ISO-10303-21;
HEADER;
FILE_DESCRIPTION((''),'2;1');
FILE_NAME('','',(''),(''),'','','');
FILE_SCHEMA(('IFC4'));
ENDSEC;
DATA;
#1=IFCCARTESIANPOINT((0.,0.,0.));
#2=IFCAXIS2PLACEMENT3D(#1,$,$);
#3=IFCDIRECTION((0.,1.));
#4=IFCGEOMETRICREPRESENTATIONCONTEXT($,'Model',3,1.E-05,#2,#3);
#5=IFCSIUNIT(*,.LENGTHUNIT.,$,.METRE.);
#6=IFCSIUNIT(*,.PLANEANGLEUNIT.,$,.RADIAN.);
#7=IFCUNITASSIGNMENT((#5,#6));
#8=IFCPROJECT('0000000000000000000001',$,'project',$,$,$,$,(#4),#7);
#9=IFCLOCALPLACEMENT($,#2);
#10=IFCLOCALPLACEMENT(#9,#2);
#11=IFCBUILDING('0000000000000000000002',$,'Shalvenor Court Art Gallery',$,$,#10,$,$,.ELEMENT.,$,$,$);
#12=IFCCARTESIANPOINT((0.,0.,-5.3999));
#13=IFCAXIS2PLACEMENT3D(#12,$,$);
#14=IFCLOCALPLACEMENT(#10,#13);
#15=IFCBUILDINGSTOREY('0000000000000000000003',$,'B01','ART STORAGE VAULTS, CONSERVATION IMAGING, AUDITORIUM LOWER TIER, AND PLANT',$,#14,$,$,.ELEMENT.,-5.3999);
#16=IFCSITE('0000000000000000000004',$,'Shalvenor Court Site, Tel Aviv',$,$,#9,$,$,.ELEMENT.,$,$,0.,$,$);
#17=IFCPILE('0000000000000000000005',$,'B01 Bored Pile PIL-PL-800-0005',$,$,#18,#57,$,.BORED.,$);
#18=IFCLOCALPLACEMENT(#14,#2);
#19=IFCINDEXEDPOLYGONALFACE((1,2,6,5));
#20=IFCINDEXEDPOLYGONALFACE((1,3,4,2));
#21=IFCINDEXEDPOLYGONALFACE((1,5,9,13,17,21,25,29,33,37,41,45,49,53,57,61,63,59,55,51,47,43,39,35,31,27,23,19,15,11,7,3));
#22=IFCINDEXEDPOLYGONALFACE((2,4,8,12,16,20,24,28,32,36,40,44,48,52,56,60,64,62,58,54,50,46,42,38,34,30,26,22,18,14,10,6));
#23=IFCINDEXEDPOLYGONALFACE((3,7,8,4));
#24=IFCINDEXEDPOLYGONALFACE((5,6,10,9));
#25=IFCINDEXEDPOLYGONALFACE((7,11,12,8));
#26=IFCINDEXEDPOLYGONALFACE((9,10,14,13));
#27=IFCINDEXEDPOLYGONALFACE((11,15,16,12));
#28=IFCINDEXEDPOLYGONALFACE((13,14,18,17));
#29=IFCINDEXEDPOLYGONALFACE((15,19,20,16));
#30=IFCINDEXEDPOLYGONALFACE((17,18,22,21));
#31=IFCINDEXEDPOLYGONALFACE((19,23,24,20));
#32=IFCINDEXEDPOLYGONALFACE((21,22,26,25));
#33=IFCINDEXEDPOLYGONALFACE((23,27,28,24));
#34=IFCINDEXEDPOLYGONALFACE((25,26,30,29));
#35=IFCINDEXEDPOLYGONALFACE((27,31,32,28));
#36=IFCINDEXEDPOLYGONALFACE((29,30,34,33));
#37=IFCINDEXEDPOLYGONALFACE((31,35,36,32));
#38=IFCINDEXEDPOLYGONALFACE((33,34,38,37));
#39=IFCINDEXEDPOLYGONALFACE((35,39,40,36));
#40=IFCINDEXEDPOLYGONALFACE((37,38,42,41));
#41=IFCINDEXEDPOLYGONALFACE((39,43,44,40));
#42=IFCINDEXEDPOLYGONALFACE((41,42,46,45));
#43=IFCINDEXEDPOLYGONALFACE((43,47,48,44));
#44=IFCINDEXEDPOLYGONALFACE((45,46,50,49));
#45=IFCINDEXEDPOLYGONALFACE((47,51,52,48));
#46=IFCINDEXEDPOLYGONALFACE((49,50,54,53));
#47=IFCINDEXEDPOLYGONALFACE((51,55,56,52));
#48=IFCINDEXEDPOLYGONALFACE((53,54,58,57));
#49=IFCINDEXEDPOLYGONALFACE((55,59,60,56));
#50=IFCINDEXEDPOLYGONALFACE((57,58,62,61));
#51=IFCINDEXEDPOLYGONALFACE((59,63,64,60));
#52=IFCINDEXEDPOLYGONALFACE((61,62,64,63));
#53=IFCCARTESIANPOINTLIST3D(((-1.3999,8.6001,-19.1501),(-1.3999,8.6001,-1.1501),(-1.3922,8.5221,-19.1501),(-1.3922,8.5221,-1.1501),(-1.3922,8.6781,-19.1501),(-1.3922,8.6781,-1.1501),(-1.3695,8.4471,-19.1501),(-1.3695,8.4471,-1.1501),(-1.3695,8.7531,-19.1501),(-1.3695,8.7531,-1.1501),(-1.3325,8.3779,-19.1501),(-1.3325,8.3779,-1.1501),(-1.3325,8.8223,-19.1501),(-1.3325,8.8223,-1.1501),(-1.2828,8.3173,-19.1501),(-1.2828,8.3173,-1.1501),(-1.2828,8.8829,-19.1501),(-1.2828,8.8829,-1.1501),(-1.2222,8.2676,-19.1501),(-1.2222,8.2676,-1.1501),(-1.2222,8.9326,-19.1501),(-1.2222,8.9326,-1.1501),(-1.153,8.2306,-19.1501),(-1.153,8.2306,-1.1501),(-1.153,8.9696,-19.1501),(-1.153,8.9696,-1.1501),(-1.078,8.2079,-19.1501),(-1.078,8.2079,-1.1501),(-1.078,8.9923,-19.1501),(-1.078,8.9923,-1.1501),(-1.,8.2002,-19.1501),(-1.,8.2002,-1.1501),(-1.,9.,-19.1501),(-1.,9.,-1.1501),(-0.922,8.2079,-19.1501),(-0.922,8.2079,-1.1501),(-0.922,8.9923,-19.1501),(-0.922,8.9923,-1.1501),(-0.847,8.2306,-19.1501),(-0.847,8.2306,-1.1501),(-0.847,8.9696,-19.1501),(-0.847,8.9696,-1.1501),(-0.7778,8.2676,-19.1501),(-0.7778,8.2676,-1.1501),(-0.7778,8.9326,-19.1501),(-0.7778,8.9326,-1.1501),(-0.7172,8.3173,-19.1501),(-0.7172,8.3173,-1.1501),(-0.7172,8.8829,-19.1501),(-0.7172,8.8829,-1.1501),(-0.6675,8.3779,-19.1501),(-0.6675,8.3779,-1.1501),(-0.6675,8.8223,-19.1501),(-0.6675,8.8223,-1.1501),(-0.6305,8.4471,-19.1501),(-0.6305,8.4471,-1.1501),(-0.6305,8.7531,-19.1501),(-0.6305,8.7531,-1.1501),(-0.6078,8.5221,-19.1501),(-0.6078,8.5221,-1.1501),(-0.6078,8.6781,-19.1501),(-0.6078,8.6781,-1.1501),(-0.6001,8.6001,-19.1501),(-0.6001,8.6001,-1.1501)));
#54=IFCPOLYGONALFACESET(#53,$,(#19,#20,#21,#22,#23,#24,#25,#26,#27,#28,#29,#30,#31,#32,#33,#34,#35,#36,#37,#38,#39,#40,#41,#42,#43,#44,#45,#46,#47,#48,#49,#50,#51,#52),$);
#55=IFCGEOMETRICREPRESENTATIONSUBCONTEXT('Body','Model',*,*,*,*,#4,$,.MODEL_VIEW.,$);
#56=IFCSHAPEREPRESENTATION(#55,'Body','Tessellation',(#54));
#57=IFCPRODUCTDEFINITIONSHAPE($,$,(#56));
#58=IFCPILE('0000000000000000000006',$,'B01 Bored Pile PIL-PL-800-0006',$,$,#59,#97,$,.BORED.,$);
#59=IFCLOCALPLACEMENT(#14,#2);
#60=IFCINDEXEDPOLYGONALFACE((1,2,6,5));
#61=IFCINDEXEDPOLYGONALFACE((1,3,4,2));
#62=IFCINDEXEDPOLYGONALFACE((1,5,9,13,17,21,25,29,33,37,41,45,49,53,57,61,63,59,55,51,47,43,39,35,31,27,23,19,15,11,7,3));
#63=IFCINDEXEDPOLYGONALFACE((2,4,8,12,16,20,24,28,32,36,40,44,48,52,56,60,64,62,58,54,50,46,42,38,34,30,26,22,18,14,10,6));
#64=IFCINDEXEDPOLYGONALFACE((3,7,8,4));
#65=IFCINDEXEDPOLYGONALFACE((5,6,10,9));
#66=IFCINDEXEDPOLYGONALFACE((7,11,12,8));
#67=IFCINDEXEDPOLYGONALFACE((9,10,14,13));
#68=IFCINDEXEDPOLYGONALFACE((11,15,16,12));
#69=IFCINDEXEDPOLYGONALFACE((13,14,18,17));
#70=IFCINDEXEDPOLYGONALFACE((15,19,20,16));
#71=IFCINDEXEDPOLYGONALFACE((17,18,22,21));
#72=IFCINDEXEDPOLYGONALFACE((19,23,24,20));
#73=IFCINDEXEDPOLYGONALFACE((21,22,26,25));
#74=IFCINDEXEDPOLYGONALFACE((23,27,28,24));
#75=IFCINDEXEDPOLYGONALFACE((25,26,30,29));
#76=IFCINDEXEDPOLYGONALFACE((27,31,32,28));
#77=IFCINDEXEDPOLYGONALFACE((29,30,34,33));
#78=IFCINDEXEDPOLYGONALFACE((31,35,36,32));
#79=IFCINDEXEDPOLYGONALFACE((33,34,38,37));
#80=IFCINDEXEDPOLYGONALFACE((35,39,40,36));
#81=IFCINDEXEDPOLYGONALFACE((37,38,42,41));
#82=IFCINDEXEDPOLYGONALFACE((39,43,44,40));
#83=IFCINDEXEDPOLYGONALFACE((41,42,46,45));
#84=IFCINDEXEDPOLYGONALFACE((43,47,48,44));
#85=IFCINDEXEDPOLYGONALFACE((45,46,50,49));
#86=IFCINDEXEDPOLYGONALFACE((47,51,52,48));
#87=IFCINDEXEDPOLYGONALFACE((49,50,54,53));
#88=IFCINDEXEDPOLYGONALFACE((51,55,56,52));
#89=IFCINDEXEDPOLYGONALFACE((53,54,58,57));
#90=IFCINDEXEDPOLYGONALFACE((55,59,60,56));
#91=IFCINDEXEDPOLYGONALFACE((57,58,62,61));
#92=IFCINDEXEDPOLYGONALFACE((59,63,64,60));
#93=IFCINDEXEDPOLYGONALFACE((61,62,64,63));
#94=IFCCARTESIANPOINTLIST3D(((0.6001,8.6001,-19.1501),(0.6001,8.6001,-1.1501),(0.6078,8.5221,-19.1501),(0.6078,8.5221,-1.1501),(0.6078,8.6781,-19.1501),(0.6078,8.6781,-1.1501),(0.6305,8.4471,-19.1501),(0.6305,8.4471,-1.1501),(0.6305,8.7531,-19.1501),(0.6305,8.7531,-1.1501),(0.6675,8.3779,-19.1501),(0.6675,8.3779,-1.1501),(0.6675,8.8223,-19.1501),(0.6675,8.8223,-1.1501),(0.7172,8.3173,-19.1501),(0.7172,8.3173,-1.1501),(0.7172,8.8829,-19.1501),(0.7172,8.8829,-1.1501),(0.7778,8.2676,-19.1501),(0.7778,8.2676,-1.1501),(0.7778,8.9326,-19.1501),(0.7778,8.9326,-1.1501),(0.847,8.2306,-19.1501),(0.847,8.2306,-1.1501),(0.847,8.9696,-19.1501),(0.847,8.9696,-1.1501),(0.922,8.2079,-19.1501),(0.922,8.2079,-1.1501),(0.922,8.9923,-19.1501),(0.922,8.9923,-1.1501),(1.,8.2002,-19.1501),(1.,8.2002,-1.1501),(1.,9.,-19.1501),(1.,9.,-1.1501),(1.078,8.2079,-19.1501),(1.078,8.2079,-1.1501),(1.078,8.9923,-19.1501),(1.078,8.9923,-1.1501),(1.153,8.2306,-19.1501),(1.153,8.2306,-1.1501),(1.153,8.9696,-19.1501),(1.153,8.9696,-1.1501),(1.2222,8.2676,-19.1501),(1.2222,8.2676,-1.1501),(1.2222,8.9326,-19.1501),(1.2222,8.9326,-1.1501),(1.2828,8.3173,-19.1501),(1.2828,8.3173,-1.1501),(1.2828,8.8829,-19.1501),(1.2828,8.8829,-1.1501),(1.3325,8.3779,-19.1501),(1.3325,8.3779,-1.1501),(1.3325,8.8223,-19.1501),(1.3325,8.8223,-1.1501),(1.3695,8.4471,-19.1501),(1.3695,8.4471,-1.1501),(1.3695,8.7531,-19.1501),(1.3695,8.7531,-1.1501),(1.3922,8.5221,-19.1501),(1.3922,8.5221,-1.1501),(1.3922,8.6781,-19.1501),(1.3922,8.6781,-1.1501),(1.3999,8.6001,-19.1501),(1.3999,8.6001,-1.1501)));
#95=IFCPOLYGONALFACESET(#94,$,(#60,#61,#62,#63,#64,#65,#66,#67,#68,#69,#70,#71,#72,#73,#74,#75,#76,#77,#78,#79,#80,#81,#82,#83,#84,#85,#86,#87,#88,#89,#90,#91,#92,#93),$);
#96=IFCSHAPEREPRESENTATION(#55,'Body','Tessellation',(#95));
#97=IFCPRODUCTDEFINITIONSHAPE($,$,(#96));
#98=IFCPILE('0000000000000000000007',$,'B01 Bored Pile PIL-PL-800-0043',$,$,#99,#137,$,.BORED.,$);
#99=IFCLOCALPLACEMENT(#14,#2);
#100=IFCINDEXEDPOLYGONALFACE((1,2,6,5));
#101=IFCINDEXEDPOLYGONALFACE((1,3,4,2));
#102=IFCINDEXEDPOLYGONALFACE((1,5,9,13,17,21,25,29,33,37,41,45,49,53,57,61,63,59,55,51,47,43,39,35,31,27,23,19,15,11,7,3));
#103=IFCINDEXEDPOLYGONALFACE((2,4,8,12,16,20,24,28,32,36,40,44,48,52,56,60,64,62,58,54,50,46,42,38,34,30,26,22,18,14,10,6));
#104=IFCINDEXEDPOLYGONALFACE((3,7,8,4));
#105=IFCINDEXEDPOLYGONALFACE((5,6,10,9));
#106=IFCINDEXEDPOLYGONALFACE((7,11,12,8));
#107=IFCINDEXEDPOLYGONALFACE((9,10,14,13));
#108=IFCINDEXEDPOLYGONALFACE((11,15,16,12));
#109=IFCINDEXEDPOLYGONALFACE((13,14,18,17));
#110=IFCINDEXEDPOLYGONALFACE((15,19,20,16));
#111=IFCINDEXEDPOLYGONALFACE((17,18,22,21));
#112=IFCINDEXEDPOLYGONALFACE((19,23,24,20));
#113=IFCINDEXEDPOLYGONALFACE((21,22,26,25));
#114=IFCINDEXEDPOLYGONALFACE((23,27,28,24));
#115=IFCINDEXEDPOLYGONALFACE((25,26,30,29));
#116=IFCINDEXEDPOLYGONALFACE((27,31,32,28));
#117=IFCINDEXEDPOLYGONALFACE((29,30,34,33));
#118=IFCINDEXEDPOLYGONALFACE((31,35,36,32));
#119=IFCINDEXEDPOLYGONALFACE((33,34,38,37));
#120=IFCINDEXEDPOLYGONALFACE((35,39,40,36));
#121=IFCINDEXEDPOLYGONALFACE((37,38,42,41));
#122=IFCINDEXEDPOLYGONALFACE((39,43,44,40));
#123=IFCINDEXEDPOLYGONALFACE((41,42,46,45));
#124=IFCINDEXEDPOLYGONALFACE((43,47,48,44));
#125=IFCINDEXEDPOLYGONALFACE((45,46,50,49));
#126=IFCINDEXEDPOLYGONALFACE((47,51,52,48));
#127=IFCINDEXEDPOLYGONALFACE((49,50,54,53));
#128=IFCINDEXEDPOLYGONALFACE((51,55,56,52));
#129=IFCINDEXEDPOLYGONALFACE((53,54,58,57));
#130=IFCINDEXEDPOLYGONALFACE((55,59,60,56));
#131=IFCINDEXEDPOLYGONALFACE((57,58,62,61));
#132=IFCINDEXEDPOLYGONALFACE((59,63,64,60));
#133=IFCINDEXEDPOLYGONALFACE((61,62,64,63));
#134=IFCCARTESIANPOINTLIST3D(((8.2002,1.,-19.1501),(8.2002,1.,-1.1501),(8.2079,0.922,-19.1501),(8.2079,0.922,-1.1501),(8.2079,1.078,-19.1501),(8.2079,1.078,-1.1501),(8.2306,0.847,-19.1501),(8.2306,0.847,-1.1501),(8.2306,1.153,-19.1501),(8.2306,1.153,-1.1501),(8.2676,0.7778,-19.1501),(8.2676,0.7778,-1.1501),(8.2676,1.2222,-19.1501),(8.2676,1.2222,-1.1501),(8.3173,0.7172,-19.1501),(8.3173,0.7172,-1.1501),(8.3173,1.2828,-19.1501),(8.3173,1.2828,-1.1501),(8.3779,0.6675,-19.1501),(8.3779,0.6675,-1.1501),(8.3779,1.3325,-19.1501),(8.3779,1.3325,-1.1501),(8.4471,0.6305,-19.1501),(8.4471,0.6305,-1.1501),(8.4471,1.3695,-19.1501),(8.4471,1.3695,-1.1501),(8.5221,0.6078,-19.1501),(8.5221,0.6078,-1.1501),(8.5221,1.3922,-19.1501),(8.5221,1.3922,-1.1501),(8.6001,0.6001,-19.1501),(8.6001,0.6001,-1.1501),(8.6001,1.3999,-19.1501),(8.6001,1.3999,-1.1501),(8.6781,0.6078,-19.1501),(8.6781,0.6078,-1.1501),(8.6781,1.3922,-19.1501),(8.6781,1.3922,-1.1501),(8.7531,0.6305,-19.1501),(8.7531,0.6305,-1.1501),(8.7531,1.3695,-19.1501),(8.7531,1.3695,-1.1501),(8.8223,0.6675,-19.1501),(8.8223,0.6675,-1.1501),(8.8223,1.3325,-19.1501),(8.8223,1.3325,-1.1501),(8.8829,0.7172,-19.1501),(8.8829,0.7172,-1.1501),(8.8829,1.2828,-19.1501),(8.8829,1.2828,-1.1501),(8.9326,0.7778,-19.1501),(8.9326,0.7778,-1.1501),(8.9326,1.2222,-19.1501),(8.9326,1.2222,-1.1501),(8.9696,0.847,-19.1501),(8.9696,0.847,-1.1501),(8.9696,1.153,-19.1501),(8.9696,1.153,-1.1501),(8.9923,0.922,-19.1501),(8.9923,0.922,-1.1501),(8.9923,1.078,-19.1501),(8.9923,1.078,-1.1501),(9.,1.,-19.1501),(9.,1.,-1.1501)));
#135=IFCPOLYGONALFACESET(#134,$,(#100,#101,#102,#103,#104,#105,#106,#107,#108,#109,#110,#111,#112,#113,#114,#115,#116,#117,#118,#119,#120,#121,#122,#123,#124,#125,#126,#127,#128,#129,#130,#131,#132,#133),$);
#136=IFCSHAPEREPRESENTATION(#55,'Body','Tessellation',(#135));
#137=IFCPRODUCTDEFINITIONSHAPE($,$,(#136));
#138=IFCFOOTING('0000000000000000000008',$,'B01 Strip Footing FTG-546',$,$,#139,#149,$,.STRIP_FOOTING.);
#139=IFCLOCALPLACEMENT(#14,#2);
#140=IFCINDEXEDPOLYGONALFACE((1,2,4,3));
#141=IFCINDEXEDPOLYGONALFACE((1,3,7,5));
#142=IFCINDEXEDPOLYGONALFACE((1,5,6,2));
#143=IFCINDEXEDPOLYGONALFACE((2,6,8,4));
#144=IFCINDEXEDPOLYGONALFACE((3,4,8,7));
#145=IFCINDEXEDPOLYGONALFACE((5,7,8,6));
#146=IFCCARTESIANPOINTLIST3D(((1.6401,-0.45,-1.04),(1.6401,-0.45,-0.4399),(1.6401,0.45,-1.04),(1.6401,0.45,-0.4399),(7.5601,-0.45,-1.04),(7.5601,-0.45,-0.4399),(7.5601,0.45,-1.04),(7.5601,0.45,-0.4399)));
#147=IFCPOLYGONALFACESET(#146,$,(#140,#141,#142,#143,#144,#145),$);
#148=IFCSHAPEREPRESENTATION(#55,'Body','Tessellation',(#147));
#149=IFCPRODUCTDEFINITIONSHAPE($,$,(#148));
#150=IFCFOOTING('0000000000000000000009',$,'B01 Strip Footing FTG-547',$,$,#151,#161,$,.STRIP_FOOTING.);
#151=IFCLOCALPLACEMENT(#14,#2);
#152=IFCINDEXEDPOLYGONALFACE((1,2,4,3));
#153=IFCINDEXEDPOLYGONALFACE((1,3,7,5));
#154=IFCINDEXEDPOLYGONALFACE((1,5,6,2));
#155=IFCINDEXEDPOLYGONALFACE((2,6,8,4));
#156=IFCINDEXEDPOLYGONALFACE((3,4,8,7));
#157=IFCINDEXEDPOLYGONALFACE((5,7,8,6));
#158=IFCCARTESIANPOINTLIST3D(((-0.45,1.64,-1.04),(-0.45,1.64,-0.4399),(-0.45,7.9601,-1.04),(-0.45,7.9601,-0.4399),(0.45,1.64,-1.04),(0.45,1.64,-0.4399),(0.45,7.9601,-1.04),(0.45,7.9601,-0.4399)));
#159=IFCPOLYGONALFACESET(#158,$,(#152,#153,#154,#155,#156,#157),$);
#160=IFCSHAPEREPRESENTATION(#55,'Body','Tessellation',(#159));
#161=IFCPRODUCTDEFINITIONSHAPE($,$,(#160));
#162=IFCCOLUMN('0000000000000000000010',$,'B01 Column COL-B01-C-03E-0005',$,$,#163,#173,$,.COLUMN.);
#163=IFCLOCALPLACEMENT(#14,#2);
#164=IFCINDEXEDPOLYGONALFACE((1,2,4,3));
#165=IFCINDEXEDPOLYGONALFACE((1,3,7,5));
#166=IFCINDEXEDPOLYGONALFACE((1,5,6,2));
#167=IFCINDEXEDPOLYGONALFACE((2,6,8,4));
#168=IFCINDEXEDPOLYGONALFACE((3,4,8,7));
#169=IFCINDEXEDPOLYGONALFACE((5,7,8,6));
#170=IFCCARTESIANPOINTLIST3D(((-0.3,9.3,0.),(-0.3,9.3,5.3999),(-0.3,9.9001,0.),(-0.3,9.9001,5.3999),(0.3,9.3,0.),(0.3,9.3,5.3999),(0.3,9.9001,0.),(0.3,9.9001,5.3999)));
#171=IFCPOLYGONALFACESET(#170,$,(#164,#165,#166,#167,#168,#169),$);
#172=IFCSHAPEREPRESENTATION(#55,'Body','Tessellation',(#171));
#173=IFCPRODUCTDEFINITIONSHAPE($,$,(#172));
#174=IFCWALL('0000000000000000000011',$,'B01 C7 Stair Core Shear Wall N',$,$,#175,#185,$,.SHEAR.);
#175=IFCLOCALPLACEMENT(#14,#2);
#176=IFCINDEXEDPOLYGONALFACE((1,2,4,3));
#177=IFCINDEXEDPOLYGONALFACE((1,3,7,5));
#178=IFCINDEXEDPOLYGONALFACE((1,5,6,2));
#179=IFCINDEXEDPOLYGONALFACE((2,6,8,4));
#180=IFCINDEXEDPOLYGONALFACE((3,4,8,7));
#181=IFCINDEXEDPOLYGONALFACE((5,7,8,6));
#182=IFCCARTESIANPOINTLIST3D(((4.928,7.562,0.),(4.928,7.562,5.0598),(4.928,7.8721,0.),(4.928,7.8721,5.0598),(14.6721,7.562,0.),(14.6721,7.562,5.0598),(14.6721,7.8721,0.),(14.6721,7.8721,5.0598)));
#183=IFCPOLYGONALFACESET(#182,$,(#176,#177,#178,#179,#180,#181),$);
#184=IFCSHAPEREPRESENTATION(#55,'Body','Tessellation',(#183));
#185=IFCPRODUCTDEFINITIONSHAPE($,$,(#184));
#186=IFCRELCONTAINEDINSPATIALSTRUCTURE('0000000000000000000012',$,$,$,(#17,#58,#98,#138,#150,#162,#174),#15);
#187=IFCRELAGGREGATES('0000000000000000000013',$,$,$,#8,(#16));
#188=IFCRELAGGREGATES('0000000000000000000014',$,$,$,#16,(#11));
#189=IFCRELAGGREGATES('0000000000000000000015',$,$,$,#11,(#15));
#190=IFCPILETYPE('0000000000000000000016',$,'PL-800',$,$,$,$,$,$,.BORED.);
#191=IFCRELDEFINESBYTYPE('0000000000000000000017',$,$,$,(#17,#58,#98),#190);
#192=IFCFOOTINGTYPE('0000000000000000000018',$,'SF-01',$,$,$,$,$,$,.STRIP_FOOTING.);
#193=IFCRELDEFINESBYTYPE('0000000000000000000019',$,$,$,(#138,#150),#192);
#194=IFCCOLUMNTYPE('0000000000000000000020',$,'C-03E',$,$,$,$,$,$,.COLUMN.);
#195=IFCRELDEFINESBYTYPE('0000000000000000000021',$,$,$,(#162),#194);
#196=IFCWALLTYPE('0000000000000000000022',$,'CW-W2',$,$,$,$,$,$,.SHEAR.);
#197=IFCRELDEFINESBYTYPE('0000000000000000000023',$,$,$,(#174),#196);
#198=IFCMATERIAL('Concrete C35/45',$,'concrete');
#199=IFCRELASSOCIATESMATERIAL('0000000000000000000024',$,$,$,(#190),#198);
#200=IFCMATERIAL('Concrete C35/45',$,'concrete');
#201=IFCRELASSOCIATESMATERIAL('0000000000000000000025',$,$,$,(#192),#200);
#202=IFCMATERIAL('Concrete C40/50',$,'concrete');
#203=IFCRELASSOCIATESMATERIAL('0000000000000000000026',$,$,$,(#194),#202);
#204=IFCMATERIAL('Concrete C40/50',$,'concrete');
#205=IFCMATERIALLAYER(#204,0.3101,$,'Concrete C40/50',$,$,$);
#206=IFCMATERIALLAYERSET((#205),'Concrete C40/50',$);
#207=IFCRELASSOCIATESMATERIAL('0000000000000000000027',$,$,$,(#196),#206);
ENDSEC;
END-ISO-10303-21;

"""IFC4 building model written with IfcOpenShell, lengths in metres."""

from ifc_helpers import new_model, si_unit, direction, frame, frame_2d, origin, origin_2d, place, context, subcontext, project, spatial, rectangle, circle, extrude, material, layer, layer_set, material_profile, profile_set, type_object, element, save


model = new_model("IFC4")

# Units and contexts
model_context = context("Model", 3, precision=1e-05, world=origin(), true_north=direction((0.0, 1.0)))
body_context = subcontext(model_context, "Body", "Model", "MODEL_VIEW")
ifc_project = project(units=[si_unit("LENGTHUNIT", "METRE"), si_unit("PLANEANGLEUNIT", "RADIAN")], contexts=[model_context])

# Site, building, storey
site_placement = place(None, origin())
site = spatial("IfcSite", under=ifc_project, at=site_placement, Name="Shalvenor Court Site, Tel Aviv", CompositionType="ELEMENT", RefElevation=0.0)
building_placement = place(site_placement, origin())
building = spatial("IfcBuilding", under=site, at=building_placement, Name="Shalvenor Court Art Gallery", CompositionType="ELEMENT")
storey_placement = place(building_placement, frame((0.0, 0.0, -5.3999)))
storey = spatial("IfcBuildingStorey", under=building, at=storey_placement, Name="B01", Description="ART STORAGE VAULTS, CONSERVATION IMAGING, AUDITORIUM LOWER TIER, AND PLANT", CompositionType="ELEMENT", Elevation=-5.3999)

# Piles
ifc_material_1 = material(Name="Concrete C35/45", Category="concrete")
ifc_material_profile_1 = material_profile(ifc_material_1, circle(Radius=0.3999, at=origin_2d()), Name="PILE 800")
ifc_profile_set_1 = profile_set([ifc_material_profile_1], Name="Concrete C35/45")
pile_type_1 = type_object("IfcPileType", Name="PL-800", PredefinedType="BORED", material=ifc_profile_set_1)
for number, where, z_axis, x_axis, name in (
    (1, (-1.0, 8.6001, -1.1501), (0.0, 0.0, -1.0), (1.0, 0.0, 0.0), "B01 Bored Pile PIL-PL-800-0005"),
    (2, (1.0, 8.6001, -1.1501), (0.0, 0.0, -1.0), (1.0, 0.0, 0.0), "B01 Bored Pile PIL-PL-800-0006"),
    (3, (8.6001, 1.0, -1.1501), (0.0, 0.0, -1.0), (1.0, 0.0, 0.0), "B01 Bored Pile PIL-PL-800-0043"),
):
    element("IfcPile", number, at=place(storey_placement, frame(where, z_axis=z_axis, x_axis=x_axis)), inside=storey, type_object=pile_type_1, Name=name, PredefinedType="BORED", context=body_context, shape_type="SweptSolid", body=[
        extrude(circle(Radius=0.3999, at=origin_2d()), origin(), (0.0, 0.0, 1.0), 18.0),
    ])

# Footings
ifc_material_2 = material(Name="Concrete C35/45", Category="concrete")
footing_type_1 = type_object("IfcFootingType", Name="SF-01", PredefinedType="STRIP_FOOTING", material=ifc_material_2)
footing_1_placement = place(storey_placement, frame((4.6001, 0.0, -1.04), z_axis=(0.0, 0.0, 1.0), x_axis=(1.0, 0.0, 0.0)))
element("IfcFooting", 4, at=footing_1_placement, inside=storey, type_object=footing_type_1, Name="B01 Strip Footing FTG-546", PredefinedType="STRIP_FOOTING", context=body_context, shape_type="SweptSolid", body=[
    extrude(rectangle(XDim=5.9199, YDim=0.8999, at=origin_2d()), origin(), (0.0, 0.0, 1.0), 0.6001),
])
footing_2_placement = place(storey_placement, frame((0.0, 4.8, -1.04), z_axis=(0.0, 0.0, 1.0), x_axis=(0.0, 1.0, 0.0)))
element("IfcFooting", 5, at=footing_2_placement, inside=storey, type_object=footing_type_1, Name="B01 Strip Footing FTG-547", PredefinedType="STRIP_FOOTING", context=body_context, shape_type="SweptSolid", body=[
    extrude(rectangle(XDim=6.3201, YDim=0.8999, at=origin_2d()), origin(), (0.0, 0.0, 1.0), 0.6001),
])

# Column
ifc_material_3 = material(Name="Concrete C40/50", Category="concrete")
ifc_material_profile_2 = material_profile(ifc_material_3, rectangle(XDim=0.6001, YDim=0.6001, at=origin_2d()), Name="RC 600x600")
ifc_profile_set_2 = profile_set([ifc_material_profile_2], Name="Concrete C40/50")
column_type = type_object("IfcColumnType", Name="C-03E", PredefinedType="COLUMN", material=ifc_profile_set_2)
column_placement = place(storey_placement, frame((0.0, 9.6001, 0.0), z_axis=(0.0, 0.0, 1.0), x_axis=(1.0, 0.0, 0.0)))
element("IfcColumn", 6, at=column_placement, inside=storey, type_object=column_type, Name="B01 Column COL-B01-C-03E-0005", PredefinedType="COLUMN", context=body_context, shape_type="SweptSolid", body=[
    extrude(rectangle(XDim=0.6001, YDim=0.6001, at=origin_2d()), origin(), (0.0, 0.0, 1.0), 5.3999),
])

# Wall
ifc_material_4 = material(Name="Concrete C40/50", Category="concrete")
ifc_layer_1 = layer(ifc_material_4, 0.3101, Name="Concrete C40/50")
ifc_layer_set_1 = layer_set([ifc_layer_1], Name="Concrete C40/50")
wall_type_1 = type_object("IfcWallType", Name="CW-W2", PredefinedType="SHEAR", material=ifc_layer_set_1)
wall_1_placement = place(storey_placement, frame((4.928, 7.717, 0.0), z_axis=(0.0, 0.0, 1.0), x_axis=(1.0, 0.0, 0.0)))
element("IfcWall", 7, at=wall_1_placement, inside=storey, type_object=wall_type_1, Name="B01 C7 Stair Core Shear Wall N", PredefinedType="SHEAR", context=body_context, shape_type="SweptSolid", body=[
    extrude(rectangle(XDim=9.7441, YDim=0.3101, at=frame_2d((4.8721, 0.0))), origin(), (0.0, 0.0, 1.0), 5.0598),
])

save(model, "model.ifc")
